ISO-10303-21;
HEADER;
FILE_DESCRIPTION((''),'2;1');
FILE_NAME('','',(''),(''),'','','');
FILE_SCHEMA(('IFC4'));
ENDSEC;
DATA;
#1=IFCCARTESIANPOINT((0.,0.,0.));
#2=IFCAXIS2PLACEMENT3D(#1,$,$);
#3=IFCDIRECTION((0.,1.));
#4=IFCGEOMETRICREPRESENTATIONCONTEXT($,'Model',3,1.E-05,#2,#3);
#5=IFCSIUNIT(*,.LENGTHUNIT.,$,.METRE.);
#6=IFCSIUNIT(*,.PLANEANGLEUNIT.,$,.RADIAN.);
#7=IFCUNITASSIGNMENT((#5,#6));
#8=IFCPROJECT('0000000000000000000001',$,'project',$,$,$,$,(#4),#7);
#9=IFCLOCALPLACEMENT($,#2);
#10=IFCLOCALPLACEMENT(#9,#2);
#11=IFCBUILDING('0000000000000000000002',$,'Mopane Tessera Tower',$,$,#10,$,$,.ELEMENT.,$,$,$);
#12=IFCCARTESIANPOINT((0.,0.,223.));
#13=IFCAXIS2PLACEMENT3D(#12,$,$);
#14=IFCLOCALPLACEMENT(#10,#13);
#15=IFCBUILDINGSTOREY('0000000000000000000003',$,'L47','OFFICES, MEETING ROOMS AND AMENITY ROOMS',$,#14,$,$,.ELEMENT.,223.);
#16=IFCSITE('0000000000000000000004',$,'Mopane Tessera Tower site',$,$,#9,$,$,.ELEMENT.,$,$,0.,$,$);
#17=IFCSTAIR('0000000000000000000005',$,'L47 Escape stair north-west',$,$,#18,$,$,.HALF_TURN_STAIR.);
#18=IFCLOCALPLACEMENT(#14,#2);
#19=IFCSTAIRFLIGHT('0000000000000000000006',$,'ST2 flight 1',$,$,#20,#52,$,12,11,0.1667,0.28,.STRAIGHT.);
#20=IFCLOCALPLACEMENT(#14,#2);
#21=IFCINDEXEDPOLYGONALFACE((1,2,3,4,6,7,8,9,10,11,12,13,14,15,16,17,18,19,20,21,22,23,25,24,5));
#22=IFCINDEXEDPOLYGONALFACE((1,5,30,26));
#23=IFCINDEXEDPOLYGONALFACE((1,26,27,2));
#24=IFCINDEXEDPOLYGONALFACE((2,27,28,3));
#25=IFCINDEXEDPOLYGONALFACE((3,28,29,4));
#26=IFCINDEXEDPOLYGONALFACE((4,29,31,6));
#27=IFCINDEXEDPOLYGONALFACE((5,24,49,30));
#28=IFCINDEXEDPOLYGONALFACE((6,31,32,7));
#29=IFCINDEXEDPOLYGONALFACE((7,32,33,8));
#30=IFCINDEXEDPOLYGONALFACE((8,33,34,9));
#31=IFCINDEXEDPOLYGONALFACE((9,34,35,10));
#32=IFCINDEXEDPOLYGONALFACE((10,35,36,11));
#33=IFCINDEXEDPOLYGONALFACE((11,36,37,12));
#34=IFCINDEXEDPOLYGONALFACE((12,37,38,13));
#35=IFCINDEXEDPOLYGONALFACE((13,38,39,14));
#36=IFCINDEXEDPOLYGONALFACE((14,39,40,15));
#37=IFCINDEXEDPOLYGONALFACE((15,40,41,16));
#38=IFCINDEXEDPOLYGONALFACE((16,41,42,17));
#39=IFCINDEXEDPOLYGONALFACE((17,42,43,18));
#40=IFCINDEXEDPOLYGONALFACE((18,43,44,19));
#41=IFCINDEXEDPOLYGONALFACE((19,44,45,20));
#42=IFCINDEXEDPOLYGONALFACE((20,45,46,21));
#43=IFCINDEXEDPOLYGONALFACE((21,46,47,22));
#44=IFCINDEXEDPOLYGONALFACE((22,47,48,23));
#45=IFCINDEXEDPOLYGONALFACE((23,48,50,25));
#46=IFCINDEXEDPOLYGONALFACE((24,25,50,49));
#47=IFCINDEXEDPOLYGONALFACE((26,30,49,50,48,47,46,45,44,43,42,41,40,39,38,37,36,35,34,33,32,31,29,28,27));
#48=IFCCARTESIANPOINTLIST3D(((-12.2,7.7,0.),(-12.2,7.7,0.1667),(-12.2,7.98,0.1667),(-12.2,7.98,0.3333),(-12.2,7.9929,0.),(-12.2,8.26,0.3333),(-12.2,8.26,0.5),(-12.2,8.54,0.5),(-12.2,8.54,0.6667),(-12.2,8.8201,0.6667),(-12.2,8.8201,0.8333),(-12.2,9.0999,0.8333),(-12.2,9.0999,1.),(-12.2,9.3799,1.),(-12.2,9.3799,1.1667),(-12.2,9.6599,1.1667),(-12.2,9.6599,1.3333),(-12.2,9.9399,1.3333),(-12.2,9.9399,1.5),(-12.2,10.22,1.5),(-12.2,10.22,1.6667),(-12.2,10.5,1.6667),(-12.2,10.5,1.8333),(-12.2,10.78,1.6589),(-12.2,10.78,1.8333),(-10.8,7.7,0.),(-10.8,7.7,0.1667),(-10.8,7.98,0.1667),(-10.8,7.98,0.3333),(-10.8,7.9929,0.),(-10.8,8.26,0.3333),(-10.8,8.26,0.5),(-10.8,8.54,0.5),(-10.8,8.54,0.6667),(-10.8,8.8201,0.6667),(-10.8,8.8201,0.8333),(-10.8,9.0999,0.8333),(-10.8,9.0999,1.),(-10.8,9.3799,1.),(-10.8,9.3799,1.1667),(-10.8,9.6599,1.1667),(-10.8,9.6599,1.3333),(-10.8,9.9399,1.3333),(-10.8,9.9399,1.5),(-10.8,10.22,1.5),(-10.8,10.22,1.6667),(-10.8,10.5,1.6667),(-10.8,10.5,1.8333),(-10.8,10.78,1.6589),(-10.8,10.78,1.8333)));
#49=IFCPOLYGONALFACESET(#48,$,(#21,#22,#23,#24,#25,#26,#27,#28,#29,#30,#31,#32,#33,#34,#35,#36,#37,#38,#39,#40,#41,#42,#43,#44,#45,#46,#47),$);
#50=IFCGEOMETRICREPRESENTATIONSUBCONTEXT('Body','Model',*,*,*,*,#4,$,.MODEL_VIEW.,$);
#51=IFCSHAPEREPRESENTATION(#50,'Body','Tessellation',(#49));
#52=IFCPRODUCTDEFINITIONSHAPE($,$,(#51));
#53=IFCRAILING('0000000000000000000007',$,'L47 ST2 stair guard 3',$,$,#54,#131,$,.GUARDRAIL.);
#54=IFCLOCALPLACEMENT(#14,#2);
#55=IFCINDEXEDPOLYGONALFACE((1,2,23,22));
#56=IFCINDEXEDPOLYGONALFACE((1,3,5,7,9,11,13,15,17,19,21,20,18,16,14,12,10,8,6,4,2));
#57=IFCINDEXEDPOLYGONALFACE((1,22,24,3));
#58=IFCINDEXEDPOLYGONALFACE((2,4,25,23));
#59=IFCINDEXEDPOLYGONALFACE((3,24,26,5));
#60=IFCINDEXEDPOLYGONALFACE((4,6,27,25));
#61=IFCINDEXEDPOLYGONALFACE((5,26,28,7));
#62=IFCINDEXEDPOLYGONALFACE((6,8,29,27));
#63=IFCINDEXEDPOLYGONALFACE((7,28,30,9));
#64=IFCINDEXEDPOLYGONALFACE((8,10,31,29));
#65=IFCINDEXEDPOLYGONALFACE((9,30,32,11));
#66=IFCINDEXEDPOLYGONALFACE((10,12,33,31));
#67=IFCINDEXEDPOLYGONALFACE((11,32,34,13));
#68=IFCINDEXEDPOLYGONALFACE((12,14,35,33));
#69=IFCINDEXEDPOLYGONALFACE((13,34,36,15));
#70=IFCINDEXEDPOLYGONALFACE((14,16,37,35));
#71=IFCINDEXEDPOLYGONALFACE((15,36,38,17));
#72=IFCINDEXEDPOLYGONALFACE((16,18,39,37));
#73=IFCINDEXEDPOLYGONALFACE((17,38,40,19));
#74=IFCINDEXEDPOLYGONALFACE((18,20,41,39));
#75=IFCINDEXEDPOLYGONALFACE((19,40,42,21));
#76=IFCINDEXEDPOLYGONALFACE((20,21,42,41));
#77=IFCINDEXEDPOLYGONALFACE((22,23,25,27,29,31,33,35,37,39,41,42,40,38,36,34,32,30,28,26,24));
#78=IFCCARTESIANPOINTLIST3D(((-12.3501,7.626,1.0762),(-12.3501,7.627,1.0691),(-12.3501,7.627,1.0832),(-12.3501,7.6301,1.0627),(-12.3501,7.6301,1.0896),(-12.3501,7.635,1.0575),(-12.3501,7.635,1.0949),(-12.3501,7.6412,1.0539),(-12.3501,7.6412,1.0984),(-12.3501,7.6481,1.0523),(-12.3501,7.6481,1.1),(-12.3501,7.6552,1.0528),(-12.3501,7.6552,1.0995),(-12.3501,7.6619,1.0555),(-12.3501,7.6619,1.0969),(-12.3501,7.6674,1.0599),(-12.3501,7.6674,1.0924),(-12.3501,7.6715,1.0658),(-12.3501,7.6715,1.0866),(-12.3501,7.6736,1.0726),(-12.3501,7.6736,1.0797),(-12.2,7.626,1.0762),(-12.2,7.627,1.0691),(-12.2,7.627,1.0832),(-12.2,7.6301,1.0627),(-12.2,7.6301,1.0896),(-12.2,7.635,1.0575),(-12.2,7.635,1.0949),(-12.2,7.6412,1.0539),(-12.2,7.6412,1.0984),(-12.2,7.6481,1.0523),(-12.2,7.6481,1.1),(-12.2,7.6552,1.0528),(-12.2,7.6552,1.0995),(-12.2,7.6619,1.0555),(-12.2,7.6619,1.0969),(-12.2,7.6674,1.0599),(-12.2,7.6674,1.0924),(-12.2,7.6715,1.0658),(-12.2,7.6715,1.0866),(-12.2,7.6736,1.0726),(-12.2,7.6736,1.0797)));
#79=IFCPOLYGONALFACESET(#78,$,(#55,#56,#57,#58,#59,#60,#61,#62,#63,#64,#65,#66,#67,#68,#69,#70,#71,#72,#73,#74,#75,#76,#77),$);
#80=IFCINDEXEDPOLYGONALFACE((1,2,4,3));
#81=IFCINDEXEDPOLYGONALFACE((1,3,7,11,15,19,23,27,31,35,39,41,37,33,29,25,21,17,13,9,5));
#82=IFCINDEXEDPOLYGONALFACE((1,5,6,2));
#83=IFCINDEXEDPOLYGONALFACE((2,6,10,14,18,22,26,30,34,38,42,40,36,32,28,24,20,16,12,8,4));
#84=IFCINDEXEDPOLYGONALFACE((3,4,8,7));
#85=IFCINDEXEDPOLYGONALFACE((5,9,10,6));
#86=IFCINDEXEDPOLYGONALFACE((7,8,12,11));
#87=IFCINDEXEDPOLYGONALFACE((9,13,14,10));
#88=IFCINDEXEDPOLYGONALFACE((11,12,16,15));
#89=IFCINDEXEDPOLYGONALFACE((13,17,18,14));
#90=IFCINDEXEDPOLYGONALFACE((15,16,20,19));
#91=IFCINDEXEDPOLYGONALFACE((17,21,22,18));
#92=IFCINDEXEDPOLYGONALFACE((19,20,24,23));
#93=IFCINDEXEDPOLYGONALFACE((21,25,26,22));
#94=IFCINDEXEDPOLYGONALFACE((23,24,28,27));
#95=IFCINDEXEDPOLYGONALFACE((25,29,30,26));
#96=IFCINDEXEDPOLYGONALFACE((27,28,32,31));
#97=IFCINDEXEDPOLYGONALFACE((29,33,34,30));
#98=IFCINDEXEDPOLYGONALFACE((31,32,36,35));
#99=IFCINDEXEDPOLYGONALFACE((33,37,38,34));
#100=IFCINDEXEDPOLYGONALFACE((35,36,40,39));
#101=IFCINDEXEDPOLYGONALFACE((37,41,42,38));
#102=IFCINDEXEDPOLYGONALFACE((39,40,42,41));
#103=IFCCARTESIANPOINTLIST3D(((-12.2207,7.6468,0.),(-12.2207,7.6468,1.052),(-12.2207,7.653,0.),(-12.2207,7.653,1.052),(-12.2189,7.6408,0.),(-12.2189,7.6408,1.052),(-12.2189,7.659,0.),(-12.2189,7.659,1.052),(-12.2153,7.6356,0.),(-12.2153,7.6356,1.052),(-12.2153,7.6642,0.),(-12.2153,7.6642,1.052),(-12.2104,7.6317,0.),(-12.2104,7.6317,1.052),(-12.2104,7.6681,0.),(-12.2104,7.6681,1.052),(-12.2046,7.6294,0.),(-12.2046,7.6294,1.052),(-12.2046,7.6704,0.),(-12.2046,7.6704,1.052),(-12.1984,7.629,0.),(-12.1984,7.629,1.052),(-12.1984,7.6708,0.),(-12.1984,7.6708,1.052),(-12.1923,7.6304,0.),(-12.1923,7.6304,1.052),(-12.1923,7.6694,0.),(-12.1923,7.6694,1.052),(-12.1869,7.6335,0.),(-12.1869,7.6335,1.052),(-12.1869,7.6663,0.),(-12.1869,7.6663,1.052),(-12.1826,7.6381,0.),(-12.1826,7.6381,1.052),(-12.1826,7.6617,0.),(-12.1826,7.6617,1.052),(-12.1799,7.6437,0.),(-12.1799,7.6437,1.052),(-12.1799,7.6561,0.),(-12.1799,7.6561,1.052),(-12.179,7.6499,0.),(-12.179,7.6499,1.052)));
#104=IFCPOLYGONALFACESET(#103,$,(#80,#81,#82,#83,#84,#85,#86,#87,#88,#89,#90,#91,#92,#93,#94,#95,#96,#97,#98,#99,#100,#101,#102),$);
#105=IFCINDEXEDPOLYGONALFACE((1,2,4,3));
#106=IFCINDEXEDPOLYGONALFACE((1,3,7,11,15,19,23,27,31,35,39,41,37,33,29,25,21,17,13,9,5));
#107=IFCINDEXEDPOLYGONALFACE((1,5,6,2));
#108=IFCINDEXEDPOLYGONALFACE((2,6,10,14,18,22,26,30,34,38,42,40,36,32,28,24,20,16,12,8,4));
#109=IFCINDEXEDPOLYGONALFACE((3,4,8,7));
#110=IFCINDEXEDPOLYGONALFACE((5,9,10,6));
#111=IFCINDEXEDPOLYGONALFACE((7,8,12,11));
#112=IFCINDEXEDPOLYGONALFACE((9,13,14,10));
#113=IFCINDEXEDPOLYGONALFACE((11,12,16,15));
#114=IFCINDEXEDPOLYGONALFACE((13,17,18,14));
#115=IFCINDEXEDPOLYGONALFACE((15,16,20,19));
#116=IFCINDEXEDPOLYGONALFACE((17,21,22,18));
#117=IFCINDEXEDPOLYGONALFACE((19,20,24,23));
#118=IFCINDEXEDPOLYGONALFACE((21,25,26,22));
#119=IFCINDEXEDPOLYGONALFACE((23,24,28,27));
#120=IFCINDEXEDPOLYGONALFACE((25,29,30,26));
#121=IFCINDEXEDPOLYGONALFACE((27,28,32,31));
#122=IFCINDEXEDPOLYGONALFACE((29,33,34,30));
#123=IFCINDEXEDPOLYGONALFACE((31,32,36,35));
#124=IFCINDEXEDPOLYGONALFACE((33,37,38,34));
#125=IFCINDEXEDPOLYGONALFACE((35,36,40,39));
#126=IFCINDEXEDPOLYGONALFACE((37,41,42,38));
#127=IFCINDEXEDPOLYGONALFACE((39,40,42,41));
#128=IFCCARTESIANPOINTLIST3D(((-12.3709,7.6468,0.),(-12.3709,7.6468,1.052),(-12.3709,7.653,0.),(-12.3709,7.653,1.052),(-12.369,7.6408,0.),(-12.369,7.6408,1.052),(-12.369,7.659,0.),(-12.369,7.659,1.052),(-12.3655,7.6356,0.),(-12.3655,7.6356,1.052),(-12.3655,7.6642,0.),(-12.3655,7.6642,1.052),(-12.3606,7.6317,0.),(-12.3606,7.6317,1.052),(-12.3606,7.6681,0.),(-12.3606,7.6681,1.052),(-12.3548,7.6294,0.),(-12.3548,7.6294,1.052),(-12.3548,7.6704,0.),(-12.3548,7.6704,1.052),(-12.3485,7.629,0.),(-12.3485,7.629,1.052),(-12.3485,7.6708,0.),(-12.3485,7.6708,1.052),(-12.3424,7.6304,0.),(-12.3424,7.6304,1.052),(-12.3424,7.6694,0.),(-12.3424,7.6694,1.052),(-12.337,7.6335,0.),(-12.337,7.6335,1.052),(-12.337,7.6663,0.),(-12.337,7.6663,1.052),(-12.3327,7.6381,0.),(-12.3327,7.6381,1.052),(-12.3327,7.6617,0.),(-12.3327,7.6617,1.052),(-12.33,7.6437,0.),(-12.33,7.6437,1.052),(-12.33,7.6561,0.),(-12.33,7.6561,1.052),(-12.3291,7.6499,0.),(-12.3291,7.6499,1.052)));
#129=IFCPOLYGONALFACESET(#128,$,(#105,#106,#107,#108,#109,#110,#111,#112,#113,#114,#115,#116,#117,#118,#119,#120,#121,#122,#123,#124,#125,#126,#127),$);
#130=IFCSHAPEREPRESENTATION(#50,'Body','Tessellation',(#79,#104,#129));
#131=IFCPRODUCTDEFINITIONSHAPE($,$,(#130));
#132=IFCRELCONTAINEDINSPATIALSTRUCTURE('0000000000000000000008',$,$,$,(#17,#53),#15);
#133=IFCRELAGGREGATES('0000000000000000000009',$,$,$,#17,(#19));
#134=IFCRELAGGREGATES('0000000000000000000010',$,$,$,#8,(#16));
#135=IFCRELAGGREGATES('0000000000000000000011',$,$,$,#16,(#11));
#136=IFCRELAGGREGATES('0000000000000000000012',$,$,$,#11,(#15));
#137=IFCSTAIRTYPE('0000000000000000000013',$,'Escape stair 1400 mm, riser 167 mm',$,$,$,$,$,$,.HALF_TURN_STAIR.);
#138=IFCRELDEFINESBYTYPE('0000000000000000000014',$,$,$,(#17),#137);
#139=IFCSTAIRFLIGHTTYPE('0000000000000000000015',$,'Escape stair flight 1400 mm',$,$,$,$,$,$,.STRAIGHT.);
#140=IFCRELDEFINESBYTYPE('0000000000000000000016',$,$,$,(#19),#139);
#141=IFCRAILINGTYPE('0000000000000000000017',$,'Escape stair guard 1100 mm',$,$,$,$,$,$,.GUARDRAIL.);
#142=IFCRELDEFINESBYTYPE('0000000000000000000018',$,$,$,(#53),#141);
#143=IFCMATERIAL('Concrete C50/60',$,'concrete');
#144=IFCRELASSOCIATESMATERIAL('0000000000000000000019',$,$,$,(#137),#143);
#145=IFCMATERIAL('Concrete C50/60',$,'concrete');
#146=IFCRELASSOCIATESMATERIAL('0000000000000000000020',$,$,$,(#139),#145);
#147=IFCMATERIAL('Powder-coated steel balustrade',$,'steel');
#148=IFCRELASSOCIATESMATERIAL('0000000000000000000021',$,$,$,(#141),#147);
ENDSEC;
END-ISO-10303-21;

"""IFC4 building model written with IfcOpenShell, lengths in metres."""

from ifc_helpers import new_model, si_unit, direction, frame, origin, origin_2d, place, context, subcontext, project, spatial, polyline, circle, outline, extrude, material, type_object, element, aggregate, save


model = new_model("IFC4")

# Units and contexts
model_context = context("Model", 3, precision=1e-05, world=origin(), true_north=direction((0.0, 1.0)))
body_context = subcontext(model_context, "Body", "Model", "MODEL_VIEW")
ifc_project = project(units=[si_unit("LENGTHUNIT", "METRE"), si_unit("PLANEANGLEUNIT", "RADIAN")], contexts=[model_context])

# Site, building, storey
site_placement = place(None, origin())
site = spatial("IfcSite", under=ifc_project, at=site_placement, Name="Mopane Tessera Tower site", CompositionType="ELEMENT", RefElevation=0.0)
building_placement = place(site_placement, origin())
building = spatial("IfcBuilding", under=site, at=building_placement, Name="Mopane Tessera Tower", CompositionType="ELEMENT")
storey_placement = place(building_placement, frame((0.0, 0.0, 223.0)))
storey = spatial("IfcBuildingStorey", under=building, at=storey_placement, Name="L47", Description="OFFICES, MEETING ROOMS AND AMENITY ROOMS", CompositionType="ELEMENT", Elevation=223.0)

# Stair, stair flight
ifc_material_1 = material(Name="Concrete C50/60", Category="concrete")
stair_type = type_object("IfcStairType", Name="Escape stair 1400 mm, riser 167 mm", PredefinedType="HALF_TURN_STAIR", material=ifc_material_1)
stair_placement = place(storey_placement, origin())
stair = element("IfcStair", 1, at=stair_placement, inside=storey, type_object=stair_type, Name="L47 Escape stair north-west", PredefinedType="HALF_TURN_STAIR")
ifc_material_2 = material(Name="Concrete C50/60", Category="concrete")
stair_flight_type = type_object("IfcStairFlightType", Name="Escape stair flight 1400 mm", PredefinedType="STRAIGHT", material=ifc_material_2)
stair_flight_placement = place(storey_placement, frame((-11.5, 7.7, 0.0), z_axis=(0.0, 0.0, 1.0), x_axis=(0.0, 1.0, 0.0)))
stair_flight = element("IfcStairFlight", 2, at=stair_flight_placement, type_object=stair_flight_type, Name="ST2 flight 1", NumberOfRisers=12, NumberOfTreads=11, PredefinedType="STRAIGHT", RiserHeight=0.1667, TreadLength=0.28, context=body_context, shape_type="SweptSolid", body=[
    extrude(outline(polyline([(0.0, 0.0), (0.0, 0.1667), (0.28, 0.1667), (0.28, 0.3333), (0.5601, 0.3333), (0.5601, 0.5), (0.8401, 0.5), (0.8401, 0.6667), (1.1201, 0.6667), (1.1201, 0.8333), (1.3999, 0.8333), (1.3999, 1.0), (1.6799, 1.0), (1.6799, 1.1667), (1.96, 1.1667), (1.96, 1.3333), (2.24, 1.3333), (2.24, 1.5), (2.52, 1.5), (2.52, 1.6667), (2.8, 1.6667), (2.8, 1.8333), (3.0801, 1.8333), (3.0801, 2.0), (3.0801, 1.6589), (0.293, 0.0), (0.0, 0.0)])), frame((0.0, 0.7, 0.0), z_axis=(0.0, -1.0, 0.0), x_axis=(1.0, 0.0, 0.0)), (0.0, 0.0, 1.0), 1.3999),
])
aggregate(stair, [stair_flight])

# Railing
ifc_material_3 = material(Name="Powder-coated steel balustrade", Category="steel")
railing_type_1 = type_object("IfcRailingType", Name="Escape stair guard 1100 mm", PredefinedType="GUARDRAIL", material=ifc_material_3)
railing_1_placement = place(storey_placement, frame((-12.2, 7.6499, 0.0)))
element("IfcRailing", 3, at=railing_1_placement, inside=storey, type_object=railing_type_1, Name="L47 ST2 stair guard 3", PredefinedType="GUARDRAIL", context=body_context, shape_type="SweptSolid", body=[
    extrude(circle(Radius=0.0239, at=origin_2d()), frame((0.0, 0.0, 1.0762), z_axis=(-1.0, 0.0, 0.0), x_axis=(0.0, -1.0, 0.0)), (0.0, 0.0, 1.0), 0.1501),
    extrude(circle(Radius=0.021, at=origin_2d()), origin(), (0.0, 0.0, 1.0), 1.052),
    extrude(circle(Radius=0.021, at=origin_2d()), frame((-0.1501, 0.0, 0.0)), (0.0, 0.0, 1.0), 1.052),
])

save(model, "model.ifc")
